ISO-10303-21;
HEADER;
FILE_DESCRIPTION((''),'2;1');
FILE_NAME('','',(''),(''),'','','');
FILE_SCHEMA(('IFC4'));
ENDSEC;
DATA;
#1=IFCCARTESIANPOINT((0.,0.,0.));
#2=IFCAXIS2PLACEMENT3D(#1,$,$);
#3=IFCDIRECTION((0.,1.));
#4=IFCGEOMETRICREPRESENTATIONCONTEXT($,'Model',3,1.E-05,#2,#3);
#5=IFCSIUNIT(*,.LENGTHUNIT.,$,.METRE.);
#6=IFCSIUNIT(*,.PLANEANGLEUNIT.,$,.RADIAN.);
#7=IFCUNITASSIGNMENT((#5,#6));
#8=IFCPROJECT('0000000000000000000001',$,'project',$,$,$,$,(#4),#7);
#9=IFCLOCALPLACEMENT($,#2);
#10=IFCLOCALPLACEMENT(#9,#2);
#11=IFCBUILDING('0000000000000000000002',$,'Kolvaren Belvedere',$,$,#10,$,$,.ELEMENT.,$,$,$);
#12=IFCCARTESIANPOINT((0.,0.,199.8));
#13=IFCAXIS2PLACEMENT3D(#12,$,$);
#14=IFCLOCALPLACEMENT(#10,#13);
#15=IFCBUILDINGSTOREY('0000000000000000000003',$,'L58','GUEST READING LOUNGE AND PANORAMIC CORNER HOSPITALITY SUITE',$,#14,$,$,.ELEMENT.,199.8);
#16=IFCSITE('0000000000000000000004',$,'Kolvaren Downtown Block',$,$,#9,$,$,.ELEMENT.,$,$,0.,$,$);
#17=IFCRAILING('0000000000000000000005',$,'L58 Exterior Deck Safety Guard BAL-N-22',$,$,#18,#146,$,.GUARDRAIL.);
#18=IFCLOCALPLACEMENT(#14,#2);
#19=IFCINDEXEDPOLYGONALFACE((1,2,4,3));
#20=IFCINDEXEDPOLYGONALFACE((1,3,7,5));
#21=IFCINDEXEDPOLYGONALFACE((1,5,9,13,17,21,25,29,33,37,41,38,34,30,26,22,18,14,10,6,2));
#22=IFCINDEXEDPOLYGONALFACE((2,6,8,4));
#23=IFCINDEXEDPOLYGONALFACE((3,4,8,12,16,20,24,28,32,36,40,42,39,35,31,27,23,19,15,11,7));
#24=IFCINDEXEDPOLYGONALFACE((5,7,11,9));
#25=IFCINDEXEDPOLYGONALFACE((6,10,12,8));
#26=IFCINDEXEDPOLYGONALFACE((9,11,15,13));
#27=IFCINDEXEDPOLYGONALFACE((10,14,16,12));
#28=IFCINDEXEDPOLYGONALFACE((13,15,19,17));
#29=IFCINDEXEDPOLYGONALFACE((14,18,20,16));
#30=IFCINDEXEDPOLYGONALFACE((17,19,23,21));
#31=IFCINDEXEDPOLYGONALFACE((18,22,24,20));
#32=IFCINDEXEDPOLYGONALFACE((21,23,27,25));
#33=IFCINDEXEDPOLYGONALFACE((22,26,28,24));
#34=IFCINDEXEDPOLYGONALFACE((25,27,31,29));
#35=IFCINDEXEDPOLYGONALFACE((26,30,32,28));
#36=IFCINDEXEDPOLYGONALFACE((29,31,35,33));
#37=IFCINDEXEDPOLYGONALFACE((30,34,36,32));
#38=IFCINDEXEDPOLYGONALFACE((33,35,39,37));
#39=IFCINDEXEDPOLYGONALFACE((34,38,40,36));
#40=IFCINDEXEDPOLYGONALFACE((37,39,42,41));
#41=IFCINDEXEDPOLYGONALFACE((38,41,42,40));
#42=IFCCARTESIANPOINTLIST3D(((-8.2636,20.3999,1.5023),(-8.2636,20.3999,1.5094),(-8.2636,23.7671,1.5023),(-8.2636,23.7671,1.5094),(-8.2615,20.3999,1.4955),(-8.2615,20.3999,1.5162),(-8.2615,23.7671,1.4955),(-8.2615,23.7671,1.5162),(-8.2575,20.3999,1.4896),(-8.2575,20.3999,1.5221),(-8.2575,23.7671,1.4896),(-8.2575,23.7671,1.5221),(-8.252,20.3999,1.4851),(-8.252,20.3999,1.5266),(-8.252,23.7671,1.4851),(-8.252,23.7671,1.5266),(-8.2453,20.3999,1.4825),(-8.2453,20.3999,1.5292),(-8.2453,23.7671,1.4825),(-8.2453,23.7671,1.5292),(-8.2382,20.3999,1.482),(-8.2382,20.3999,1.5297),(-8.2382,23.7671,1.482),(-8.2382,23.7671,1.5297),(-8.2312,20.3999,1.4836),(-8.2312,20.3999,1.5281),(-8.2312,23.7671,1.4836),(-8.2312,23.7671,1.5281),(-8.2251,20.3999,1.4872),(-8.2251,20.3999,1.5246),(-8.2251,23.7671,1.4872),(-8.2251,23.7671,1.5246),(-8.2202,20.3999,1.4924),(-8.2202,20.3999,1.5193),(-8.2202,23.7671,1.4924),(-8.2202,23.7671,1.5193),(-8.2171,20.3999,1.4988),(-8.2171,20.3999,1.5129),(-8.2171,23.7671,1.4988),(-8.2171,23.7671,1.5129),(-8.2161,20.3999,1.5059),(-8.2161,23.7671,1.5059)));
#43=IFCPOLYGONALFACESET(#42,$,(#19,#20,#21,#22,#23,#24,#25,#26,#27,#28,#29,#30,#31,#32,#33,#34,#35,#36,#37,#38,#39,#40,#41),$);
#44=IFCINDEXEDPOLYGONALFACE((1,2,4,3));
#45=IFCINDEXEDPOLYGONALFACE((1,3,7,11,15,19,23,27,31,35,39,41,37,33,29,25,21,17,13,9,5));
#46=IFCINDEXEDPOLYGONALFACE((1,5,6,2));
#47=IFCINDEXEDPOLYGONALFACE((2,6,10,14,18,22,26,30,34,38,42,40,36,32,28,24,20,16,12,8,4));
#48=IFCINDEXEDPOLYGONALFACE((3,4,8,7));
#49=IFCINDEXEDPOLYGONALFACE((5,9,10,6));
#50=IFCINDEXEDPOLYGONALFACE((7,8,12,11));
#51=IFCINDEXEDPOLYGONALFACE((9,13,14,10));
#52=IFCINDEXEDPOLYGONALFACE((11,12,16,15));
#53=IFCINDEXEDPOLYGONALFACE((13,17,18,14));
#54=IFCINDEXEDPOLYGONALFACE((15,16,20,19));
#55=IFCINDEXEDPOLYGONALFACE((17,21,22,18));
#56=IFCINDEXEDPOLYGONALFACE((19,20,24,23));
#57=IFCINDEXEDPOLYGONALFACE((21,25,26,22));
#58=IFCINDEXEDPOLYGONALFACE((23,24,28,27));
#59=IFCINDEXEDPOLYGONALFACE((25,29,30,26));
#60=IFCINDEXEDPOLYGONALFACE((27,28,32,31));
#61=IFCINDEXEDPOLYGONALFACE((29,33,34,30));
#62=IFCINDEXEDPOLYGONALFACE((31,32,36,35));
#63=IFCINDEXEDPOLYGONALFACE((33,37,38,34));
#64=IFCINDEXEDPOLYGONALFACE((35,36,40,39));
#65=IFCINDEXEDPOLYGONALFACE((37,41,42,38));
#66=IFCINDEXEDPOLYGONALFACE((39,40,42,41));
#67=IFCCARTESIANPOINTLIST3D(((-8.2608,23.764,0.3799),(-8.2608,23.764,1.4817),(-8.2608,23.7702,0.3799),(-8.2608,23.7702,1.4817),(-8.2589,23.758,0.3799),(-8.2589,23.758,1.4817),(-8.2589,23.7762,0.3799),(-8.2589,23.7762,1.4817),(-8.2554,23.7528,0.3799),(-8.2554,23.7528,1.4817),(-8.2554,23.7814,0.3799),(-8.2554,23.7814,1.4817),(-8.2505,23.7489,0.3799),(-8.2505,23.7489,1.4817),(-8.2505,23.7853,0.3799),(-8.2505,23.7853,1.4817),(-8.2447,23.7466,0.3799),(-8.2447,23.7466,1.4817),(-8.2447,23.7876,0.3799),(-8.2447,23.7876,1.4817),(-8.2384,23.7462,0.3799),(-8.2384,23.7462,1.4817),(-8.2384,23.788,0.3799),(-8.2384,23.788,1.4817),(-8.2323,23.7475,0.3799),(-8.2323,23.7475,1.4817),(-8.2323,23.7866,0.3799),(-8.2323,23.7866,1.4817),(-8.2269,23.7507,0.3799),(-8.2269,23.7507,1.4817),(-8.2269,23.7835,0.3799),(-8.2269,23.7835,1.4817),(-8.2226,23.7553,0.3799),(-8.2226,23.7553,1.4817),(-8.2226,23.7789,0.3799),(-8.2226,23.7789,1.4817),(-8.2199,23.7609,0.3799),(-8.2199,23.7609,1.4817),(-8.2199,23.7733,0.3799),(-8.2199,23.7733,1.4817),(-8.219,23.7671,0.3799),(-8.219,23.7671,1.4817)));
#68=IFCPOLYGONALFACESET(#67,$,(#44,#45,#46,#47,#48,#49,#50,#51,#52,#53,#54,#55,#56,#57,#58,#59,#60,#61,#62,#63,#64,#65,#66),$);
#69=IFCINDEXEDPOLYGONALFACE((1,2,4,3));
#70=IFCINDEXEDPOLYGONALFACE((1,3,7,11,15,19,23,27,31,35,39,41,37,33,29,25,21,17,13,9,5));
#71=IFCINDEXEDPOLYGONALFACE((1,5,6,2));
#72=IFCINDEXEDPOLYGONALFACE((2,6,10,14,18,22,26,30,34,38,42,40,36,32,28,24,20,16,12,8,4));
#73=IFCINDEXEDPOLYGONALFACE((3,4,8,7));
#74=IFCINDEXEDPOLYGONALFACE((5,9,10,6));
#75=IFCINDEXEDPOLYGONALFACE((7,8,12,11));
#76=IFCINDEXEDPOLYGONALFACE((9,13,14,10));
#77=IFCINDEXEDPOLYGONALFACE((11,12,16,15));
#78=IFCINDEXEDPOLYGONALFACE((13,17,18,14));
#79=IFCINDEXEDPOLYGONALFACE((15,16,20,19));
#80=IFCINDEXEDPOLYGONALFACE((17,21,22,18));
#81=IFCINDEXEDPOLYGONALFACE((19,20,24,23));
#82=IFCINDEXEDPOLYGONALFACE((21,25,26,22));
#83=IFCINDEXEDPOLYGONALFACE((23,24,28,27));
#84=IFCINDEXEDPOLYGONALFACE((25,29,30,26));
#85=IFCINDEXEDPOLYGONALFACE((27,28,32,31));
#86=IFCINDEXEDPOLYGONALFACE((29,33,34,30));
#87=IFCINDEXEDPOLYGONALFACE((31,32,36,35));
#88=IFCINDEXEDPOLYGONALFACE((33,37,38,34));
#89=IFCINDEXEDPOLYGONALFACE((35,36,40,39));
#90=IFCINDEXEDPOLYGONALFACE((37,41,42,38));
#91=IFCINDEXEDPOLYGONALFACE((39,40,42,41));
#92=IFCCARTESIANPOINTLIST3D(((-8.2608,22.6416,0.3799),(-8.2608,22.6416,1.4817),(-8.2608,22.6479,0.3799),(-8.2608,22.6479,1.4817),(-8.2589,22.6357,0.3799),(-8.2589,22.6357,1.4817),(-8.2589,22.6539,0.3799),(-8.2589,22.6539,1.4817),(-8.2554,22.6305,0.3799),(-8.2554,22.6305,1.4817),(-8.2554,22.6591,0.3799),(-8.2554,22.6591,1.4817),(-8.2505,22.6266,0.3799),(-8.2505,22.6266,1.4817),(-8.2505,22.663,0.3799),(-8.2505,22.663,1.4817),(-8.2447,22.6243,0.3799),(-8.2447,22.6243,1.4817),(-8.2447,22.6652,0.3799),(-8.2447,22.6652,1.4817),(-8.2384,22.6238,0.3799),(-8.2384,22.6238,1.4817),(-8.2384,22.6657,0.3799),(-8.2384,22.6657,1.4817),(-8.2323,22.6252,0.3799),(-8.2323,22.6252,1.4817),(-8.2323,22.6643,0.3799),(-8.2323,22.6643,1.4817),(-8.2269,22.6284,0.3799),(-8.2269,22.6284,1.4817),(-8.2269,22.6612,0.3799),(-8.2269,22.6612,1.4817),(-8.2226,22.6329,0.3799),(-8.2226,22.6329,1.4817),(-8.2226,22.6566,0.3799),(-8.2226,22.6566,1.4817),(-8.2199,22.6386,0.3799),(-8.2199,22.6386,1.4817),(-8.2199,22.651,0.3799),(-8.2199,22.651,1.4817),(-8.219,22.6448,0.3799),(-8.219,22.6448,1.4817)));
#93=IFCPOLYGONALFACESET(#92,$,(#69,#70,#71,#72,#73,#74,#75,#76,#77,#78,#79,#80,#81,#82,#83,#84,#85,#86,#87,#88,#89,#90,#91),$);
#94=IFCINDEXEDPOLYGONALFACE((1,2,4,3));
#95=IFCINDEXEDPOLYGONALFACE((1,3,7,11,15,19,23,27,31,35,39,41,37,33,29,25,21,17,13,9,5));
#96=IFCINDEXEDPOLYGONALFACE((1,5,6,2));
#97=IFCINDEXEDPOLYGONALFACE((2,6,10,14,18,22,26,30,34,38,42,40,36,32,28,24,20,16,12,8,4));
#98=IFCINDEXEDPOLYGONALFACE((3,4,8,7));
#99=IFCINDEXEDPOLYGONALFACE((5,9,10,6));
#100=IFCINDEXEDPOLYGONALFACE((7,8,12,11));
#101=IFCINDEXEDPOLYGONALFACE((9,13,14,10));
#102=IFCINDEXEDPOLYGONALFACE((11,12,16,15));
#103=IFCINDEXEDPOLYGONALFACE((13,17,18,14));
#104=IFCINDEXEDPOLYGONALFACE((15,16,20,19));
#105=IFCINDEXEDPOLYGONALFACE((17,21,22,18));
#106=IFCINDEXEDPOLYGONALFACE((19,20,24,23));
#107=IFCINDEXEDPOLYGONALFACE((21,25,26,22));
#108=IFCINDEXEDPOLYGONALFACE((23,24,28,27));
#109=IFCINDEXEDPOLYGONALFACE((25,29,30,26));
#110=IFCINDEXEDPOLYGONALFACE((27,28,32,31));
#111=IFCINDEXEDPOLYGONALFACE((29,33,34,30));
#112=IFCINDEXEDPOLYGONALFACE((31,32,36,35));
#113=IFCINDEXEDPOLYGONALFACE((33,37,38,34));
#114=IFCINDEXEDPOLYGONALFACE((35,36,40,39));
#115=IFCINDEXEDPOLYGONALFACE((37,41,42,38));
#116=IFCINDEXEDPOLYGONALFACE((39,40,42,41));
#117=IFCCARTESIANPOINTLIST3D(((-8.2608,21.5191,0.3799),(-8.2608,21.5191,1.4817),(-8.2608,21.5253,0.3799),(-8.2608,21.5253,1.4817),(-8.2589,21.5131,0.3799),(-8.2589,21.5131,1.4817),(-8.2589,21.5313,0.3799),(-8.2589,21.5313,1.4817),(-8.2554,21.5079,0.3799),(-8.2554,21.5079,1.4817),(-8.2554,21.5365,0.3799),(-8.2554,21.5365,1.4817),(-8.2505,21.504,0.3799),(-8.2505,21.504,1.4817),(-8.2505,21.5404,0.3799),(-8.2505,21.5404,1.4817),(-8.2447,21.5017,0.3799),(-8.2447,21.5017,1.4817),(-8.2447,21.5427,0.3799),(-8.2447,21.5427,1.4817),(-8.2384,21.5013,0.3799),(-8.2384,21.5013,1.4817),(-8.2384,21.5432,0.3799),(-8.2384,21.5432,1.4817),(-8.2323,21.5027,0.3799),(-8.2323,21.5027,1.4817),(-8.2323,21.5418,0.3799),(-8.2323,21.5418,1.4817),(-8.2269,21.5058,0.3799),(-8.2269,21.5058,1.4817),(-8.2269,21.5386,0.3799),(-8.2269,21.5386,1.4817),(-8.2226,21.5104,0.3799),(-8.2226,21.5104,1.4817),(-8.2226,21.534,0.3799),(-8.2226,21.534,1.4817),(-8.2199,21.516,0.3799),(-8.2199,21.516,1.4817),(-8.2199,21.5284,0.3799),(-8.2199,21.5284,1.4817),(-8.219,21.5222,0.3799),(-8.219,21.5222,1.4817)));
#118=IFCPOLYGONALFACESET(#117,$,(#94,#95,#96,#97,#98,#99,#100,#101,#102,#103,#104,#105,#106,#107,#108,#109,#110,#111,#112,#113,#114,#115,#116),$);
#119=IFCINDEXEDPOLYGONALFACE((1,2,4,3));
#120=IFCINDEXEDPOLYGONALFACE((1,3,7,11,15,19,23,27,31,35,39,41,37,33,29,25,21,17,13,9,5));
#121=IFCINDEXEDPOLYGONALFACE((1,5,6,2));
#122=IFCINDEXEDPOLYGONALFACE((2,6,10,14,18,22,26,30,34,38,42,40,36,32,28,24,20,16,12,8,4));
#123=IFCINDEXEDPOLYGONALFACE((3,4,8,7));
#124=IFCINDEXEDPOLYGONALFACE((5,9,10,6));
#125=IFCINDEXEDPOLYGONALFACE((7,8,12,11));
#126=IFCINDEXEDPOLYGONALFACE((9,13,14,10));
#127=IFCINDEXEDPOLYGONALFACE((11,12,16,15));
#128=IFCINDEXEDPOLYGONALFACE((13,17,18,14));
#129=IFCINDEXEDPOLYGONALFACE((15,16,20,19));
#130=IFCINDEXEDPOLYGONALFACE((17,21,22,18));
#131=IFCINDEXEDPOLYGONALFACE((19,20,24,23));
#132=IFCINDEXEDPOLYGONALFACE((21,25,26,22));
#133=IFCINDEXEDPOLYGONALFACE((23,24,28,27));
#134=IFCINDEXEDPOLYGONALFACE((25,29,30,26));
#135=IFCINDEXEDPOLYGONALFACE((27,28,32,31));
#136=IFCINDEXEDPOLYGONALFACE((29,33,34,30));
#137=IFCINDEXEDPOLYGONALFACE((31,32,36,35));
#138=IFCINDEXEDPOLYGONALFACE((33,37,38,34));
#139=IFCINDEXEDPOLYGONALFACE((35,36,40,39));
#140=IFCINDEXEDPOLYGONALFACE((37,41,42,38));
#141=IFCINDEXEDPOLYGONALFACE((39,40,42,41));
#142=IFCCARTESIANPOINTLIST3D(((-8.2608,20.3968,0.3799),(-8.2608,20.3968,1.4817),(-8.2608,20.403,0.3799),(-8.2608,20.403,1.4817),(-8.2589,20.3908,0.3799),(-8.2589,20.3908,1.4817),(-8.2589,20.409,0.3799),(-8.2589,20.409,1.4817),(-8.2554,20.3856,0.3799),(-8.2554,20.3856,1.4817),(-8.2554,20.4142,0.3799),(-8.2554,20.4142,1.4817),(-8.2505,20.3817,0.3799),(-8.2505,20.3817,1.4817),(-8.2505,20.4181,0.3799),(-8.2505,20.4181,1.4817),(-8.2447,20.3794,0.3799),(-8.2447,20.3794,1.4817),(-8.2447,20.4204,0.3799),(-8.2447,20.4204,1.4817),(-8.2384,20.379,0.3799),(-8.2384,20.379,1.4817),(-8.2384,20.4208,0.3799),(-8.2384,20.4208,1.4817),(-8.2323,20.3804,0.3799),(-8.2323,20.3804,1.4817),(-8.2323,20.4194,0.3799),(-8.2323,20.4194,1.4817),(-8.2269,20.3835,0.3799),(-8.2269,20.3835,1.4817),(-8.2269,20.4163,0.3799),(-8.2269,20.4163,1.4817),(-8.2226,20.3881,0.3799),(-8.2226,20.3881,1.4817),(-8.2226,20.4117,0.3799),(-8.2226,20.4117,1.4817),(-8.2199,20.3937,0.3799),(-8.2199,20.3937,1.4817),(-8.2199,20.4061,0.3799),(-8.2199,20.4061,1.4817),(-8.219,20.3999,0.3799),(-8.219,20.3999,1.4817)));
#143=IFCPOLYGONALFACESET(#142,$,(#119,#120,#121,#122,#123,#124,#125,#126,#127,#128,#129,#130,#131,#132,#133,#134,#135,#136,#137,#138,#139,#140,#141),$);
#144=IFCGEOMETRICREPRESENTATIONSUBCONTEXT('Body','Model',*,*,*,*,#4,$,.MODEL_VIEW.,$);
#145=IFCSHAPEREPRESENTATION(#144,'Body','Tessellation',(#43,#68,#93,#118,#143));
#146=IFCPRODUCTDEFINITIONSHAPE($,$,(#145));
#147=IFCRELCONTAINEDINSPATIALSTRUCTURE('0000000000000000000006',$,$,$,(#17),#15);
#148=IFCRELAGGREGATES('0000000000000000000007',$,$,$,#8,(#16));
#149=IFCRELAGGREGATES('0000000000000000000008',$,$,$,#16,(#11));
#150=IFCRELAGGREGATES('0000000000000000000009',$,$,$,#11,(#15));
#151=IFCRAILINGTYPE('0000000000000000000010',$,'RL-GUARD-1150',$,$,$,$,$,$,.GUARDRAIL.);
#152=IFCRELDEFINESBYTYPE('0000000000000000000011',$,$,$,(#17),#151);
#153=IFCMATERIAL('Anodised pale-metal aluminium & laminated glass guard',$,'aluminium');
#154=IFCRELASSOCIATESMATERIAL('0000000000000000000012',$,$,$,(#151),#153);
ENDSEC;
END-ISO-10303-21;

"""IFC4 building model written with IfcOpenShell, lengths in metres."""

from ifc_helpers import new_model, si_unit, direction, frame, origin, origin_2d, place, context, subcontext, project, spatial, circle, extrude, material, type_object, element, save


model = new_model("IFC4")

# Units and contexts
model_context = context("Model", 3, precision=1e-05, world=origin(), true_north=direction((0.0, 1.0)))
body_context = subcontext(model_context, "Body", "Model", "MODEL_VIEW")
ifc_project = project(units=[si_unit("LENGTHUNIT", "METRE"), si_unit("PLANEANGLEUNIT", "RADIAN")], contexts=[model_context])

# Site, building, storey
site_placement = place(None, origin())
site = spatial("IfcSite", under=ifc_project, at=site_placement, Name="Kolvaren Downtown Block", CompositionType="ELEMENT", RefElevation=0.0)
building_placement = place(site_placement, origin())
building = spatial("IfcBuilding", under=site, at=building_placement, Name="Kolvaren Belvedere", CompositionType="ELEMENT")
storey_placement = place(building_placement, frame((0.0, 0.0, 199.8)))
storey = spatial("IfcBuildingStorey", under=building, at=storey_placement, Name="L58", Description="GUEST READING LOUNGE AND PANORAMIC CORNER HOSPITALITY SUITE", CompositionType="ELEMENT", Elevation=199.8)

# Railing
ifc_material_1 = material(Name="Anodised pale-metal aluminium & laminated glass guard", Category="aluminium")
railing_type = type_object("IfcRailingType", Name="RL-GUARD-1150", PredefinedType="GUARDRAIL", material=ifc_material_1)
railing_1_placement = place(storey_placement, frame((-8.24, 23.7671, 0.3799)))
element("IfcRailing", 1, at=railing_1_placement, inside=storey, type_object=railing_type, Name="L58 Exterior Deck Safety Guard BAL-N-22", PredefinedType="GUARDRAIL", context=body_context, shape_type="SweptSolid", body=[
    extrude(circle(Radius=0.0239, at=origin_2d()), frame((0.0, 0.0, 1.126), z_axis=(0.0, -1.0, 0.0), x_axis=(1.0, 0.0, 0.0)), (0.0, 0.0, 1.0), 3.3672),
    extrude(circle(Radius=0.021, at=origin_2d()), origin(), (0.0, 0.0, 1.0), 1.1018),
    extrude(circle(Radius=0.021, at=origin_2d()), frame((0.0, -1.1223, 0.0)), (0.0, 0.0, 1.0), 1.1018),
    extrude(circle(Radius=0.021, at=origin_2d()), frame((0.0, -2.2449, 0.0)), (0.0, 0.0, 1.0), 1.1018),
    extrude(circle(Radius=0.021, at=origin_2d()), frame((0.0, -3.3672, 0.0)), (0.0, 0.0, 1.0), 1.1018),
])

save(model, "model.ifc")
